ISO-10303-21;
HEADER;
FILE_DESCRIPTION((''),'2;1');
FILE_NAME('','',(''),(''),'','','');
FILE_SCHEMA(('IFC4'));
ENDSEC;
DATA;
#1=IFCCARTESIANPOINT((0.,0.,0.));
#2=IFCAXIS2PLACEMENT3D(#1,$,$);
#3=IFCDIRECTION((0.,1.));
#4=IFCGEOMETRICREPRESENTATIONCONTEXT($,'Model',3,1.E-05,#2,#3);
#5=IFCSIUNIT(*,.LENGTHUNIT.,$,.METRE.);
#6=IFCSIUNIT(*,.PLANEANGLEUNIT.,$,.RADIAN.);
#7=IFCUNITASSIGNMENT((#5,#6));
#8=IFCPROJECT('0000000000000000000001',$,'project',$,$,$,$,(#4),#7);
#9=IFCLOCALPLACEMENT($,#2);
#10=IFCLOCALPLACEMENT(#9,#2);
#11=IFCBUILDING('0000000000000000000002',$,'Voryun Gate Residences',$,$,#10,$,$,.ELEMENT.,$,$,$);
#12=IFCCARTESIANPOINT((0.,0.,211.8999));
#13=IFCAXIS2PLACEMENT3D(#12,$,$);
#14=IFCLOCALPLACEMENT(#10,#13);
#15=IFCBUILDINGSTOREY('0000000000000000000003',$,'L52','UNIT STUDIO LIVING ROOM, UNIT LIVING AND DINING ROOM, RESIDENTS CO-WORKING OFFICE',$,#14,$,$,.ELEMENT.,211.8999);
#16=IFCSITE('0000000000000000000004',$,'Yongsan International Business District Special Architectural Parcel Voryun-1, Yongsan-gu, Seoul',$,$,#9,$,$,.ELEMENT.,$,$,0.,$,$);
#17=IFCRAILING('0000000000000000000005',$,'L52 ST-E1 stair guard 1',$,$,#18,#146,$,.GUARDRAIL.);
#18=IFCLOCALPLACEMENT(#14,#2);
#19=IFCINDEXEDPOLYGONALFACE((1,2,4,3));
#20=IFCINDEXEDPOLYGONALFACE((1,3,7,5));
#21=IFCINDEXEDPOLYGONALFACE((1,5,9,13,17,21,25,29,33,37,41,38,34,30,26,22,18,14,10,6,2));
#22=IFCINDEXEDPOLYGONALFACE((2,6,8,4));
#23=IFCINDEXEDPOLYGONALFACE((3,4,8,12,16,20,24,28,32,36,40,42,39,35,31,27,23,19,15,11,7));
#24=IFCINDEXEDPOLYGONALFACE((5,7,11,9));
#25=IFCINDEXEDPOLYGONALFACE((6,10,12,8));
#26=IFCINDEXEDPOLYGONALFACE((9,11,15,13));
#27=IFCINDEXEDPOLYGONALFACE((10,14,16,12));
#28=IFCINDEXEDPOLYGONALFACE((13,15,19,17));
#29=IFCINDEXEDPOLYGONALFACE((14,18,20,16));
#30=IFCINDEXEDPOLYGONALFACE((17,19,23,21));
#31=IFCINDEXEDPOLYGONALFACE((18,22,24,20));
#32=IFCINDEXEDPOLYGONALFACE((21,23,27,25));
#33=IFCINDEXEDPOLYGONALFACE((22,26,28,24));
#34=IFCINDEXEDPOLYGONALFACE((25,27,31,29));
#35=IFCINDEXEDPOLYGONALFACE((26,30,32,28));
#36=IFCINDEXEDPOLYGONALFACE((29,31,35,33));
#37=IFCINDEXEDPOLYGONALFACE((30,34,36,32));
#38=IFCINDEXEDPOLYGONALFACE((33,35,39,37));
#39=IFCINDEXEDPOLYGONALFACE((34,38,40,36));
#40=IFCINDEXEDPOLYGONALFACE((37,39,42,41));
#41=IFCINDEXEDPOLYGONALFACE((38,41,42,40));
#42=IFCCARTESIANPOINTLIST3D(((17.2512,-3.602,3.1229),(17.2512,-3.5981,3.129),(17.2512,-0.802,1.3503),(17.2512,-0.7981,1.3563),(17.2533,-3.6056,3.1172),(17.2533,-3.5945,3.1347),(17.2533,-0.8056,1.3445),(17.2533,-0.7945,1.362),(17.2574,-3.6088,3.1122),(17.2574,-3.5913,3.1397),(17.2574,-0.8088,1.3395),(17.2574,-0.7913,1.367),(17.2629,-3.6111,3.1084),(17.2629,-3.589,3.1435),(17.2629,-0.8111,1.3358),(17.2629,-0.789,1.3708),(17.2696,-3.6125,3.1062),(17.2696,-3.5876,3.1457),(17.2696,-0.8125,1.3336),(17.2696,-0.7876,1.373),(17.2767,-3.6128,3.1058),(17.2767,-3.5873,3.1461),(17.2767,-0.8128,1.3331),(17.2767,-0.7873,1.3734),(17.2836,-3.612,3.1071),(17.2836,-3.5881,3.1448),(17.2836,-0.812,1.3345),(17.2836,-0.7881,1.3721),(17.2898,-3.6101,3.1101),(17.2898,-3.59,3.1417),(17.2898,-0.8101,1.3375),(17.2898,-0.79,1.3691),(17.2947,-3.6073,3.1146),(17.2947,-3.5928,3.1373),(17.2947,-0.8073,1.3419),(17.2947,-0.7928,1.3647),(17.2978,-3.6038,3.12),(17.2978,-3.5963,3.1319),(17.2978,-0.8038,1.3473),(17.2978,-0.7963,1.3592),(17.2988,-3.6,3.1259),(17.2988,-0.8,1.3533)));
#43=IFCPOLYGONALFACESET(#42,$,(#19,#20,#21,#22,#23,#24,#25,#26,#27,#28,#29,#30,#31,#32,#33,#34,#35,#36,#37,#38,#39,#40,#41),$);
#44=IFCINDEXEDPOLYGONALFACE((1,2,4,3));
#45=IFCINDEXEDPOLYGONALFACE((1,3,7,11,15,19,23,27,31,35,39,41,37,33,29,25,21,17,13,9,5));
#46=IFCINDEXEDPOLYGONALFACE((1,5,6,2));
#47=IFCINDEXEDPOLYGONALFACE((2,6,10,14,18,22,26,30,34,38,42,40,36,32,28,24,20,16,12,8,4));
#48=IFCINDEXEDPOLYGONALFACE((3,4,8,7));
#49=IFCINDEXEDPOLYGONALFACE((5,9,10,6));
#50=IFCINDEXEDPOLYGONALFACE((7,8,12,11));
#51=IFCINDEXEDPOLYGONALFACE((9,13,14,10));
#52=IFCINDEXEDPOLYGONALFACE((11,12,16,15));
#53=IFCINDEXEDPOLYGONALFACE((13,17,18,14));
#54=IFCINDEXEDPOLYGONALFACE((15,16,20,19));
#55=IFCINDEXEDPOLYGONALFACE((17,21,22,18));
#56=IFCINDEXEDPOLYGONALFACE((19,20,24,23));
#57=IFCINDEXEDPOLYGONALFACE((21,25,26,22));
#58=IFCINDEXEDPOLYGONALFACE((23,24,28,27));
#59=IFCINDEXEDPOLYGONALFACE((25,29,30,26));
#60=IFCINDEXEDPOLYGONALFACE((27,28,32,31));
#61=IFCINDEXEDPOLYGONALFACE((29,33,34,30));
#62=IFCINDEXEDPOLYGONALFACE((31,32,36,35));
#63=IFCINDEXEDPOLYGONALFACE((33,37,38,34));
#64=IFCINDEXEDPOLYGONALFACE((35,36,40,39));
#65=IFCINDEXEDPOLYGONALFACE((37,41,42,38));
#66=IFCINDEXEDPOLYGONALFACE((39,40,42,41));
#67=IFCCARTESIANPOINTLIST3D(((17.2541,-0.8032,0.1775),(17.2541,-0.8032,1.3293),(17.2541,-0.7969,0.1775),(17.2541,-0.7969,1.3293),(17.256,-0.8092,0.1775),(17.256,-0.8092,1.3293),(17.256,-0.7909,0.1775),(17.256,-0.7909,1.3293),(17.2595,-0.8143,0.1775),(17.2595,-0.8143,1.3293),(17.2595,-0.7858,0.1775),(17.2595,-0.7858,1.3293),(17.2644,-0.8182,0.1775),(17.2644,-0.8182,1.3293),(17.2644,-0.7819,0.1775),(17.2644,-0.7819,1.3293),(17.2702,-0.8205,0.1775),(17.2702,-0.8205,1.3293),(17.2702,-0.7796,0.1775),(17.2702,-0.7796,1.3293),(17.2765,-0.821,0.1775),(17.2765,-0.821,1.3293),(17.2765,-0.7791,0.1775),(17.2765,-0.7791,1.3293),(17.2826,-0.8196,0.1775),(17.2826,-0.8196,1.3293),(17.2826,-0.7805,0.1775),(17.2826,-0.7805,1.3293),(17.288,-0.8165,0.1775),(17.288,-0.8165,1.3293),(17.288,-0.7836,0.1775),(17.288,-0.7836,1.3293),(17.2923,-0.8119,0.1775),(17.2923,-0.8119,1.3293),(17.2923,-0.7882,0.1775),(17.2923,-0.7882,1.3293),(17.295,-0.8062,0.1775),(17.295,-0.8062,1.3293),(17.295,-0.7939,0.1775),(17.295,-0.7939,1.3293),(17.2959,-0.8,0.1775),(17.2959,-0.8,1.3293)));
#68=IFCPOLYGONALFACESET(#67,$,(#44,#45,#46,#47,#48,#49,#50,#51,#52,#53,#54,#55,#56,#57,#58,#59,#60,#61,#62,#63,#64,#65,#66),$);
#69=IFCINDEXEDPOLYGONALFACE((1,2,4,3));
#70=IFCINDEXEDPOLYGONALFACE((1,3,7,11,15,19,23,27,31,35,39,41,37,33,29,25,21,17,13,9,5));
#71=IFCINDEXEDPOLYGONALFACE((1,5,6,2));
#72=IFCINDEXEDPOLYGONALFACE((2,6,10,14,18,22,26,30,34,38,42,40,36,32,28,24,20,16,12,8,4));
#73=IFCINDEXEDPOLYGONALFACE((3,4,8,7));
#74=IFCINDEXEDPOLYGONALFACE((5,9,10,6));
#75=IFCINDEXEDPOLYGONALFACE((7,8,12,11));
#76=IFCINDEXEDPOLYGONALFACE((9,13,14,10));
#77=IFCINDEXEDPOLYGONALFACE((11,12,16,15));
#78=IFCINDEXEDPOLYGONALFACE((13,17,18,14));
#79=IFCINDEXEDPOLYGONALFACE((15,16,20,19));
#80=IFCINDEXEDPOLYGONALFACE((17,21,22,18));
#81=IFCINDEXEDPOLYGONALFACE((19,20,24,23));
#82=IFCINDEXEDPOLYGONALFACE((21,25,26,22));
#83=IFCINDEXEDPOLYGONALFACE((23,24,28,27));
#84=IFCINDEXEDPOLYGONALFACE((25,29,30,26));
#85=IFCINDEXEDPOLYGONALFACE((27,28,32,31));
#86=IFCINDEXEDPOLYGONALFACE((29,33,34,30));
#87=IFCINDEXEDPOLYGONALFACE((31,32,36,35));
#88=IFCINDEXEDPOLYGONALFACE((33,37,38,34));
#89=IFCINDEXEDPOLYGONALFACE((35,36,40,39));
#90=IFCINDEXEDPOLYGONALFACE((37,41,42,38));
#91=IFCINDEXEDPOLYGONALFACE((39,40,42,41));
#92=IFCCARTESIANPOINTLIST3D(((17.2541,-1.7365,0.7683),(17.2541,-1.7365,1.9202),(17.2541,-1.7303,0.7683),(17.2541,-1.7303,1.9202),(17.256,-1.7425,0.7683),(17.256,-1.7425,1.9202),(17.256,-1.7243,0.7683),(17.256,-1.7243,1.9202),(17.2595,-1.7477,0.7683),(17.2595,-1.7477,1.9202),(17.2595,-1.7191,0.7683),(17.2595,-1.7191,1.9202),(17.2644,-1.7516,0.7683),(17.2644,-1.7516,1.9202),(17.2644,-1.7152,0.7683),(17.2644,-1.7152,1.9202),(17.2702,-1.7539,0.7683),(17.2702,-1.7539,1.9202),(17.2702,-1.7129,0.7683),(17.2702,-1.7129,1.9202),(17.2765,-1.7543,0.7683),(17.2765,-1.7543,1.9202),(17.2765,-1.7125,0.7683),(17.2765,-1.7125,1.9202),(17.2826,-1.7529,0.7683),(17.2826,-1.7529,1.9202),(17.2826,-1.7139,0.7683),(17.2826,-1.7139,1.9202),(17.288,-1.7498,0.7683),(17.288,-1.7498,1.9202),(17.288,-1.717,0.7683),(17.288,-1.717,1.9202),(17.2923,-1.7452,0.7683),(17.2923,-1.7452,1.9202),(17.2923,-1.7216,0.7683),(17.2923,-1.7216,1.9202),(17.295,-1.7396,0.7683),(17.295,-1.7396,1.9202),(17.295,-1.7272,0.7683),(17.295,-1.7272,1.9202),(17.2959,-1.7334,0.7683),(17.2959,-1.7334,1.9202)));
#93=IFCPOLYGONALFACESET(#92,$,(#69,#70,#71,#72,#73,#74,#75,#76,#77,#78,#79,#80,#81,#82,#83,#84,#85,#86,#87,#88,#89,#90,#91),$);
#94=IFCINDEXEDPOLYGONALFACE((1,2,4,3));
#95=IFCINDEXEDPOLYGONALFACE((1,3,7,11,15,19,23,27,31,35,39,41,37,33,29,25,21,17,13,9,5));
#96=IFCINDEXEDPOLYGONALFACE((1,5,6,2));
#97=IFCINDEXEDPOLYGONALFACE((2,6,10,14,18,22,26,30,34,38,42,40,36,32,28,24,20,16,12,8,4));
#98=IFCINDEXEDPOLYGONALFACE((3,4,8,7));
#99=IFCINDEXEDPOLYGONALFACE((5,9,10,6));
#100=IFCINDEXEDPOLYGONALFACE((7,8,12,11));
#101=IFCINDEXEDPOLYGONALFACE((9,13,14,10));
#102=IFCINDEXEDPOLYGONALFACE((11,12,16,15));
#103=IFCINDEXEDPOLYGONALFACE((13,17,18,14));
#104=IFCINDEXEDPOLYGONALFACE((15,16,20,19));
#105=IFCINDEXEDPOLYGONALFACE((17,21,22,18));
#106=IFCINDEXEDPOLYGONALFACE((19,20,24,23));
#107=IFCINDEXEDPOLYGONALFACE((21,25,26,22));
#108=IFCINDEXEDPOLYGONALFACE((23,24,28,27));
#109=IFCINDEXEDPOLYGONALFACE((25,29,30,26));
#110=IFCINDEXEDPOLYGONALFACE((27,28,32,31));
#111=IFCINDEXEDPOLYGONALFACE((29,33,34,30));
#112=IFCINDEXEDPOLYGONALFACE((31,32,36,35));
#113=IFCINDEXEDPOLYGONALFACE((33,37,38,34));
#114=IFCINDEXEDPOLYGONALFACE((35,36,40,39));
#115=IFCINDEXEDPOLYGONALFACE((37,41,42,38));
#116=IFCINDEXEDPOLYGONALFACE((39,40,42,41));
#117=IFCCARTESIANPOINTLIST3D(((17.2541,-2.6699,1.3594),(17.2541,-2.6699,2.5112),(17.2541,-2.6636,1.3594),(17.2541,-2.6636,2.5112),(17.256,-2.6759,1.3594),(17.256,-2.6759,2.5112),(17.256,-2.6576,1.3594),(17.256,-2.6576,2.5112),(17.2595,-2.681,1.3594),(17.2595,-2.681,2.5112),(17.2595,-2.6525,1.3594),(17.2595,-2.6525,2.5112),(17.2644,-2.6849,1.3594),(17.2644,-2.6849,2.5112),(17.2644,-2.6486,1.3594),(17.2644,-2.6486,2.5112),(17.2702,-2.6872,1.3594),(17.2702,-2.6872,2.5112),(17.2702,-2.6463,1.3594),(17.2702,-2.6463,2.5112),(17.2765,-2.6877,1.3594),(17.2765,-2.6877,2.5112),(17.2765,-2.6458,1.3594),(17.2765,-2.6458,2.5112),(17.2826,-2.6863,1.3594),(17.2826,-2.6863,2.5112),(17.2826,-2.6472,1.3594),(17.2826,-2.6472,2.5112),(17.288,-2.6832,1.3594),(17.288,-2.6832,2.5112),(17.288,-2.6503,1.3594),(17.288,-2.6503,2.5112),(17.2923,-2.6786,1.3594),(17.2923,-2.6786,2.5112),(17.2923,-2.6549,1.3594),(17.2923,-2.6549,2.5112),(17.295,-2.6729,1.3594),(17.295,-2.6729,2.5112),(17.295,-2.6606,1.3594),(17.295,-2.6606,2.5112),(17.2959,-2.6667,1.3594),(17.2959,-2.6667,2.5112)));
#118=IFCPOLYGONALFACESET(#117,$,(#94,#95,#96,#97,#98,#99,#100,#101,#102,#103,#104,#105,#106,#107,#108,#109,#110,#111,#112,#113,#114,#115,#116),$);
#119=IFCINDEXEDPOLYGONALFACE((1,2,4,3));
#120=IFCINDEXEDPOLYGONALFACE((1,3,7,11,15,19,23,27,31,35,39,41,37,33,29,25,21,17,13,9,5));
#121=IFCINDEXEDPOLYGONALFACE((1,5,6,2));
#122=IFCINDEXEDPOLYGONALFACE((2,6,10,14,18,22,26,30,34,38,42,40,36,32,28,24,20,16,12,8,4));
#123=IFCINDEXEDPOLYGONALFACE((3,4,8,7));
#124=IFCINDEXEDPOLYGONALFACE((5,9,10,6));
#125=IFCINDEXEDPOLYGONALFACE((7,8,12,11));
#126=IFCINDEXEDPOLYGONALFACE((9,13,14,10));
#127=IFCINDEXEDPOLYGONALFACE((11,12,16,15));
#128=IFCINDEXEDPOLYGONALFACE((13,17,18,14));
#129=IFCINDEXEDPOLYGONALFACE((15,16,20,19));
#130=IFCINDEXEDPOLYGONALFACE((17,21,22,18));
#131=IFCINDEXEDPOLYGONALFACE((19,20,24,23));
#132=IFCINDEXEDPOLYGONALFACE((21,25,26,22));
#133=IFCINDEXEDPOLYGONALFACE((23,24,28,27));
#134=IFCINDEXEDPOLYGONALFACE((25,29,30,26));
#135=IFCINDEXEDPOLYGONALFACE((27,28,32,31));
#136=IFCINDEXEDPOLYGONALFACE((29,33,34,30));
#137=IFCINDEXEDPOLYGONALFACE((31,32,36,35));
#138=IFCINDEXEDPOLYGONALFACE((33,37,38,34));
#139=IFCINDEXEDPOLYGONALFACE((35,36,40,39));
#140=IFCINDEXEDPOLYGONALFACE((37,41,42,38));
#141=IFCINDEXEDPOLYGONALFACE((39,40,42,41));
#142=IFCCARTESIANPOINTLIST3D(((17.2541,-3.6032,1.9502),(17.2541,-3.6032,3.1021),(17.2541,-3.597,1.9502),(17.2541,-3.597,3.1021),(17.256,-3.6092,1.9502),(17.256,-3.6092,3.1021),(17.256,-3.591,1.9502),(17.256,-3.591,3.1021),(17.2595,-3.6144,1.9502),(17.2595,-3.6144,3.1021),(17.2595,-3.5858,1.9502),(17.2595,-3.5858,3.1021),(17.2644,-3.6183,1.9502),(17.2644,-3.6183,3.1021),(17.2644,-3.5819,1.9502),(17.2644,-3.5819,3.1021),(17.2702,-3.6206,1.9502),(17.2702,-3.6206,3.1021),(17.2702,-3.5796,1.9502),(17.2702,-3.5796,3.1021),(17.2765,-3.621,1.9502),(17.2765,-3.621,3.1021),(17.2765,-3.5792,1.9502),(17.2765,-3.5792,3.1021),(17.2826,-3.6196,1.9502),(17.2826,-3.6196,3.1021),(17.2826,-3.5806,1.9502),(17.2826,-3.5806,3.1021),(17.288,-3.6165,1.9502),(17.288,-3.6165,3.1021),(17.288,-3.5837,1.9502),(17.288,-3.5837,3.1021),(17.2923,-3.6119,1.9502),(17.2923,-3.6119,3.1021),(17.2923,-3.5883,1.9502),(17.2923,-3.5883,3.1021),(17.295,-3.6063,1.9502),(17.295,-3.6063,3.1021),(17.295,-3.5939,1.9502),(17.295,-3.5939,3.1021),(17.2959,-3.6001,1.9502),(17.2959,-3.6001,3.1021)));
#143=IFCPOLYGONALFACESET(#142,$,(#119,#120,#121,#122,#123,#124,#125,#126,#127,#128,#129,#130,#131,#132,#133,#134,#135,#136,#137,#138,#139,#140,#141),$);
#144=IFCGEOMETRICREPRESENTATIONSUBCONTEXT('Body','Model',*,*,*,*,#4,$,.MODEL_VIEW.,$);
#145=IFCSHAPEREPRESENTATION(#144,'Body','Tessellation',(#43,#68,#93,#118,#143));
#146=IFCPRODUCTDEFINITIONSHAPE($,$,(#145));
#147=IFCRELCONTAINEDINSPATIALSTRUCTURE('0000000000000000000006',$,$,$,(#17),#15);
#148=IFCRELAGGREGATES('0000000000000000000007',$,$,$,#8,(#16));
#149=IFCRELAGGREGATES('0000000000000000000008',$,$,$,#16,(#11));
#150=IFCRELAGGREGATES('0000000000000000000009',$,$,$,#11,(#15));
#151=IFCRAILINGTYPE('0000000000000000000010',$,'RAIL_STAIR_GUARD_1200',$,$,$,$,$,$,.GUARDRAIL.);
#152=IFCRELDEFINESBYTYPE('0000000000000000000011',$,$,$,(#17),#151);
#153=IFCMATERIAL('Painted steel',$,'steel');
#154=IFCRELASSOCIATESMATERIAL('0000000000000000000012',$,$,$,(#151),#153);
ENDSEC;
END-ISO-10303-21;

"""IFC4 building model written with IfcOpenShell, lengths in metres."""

from ifc_helpers import new_model, si_unit, direction, frame, origin, origin_2d, place, context, subcontext, project, spatial, circle, extrude, material, type_object, element, save


model = new_model("IFC4")

# Units and contexts
model_context = context("Model", 3, precision=1e-05, world=origin(), true_north=direction((0.0, 1.0)))
body_context = subcontext(model_context, "Body", "Model", "MODEL_VIEW")
ifc_project = project(units=[si_unit("LENGTHUNIT", "METRE"), si_unit("PLANEANGLEUNIT", "RADIAN")], contexts=[model_context])

# Site, building, storey
site_placement = place(None, origin())
site = spatial("IfcSite", under=ifc_project, at=site_placement, Name="Yongsan International Business District Special Architectural Parcel Voryun-1, Yongsan-gu, Seoul", CompositionType="ELEMENT", RefElevation=0.0)
building_placement = place(site_placement, origin())
building = spatial("IfcBuilding", under=site, at=building_placement, Name="Voryun Gate Residences", CompositionType="ELEMENT")
storey_placement = place(building_placement, frame((0.0, 0.0, 211.8999)))
storey = spatial("IfcBuildingStorey", under=building, at=storey_placement, Name="L52", Description="UNIT STUDIO LIVING ROOM, UNIT LIVING AND DINING ROOM, RESIDENTS CO-WORKING OFFICE", CompositionType="ELEMENT", Elevation=211.8999)

# Railing
ifc_material_1 = material(Name="Painted steel", Category="steel")
railing_type_1 = type_object("IfcRailingType", Name="RAIL_STAIR_GUARD_1200", PredefinedType="GUARDRAIL", material=ifc_material_1)
railing_1_placement = place(storey_placement, frame((17.2749, -0.8, 0.1775)))
element("IfcRailing", 1, at=railing_1_placement, inside=storey, type_object=railing_type_1, Name="L52 ST-E1 stair guard 1", PredefinedType="GUARDRAIL", context=body_context, shape_type="SweptSolid", body=[
    extrude(circle(Radius=0.0239, at=origin_2d()), frame((0.0, 0.0, 1.1758), z_axis=(0.0, -0.844909, 0.53491), x_axis=(1.0, 0.0, 0.0)), (0.0, 0.0, 1.0), 3.314),
    extrude(circle(Radius=0.021, at=origin_2d()), origin(), (0.0, 0.0, 1.0), 1.1519),
    extrude(circle(Radius=0.021, at=origin_2d()), frame((0.0, -0.9333, 0.5908)), (0.0, 0.0, 1.0), 1.1519),
    extrude(circle(Radius=0.021, at=origin_2d()), frame((0.0, -1.8667, 1.1819)), (0.0, 0.0, 1.0), 1.1519),
    extrude(circle(Radius=0.021, at=origin_2d()), frame((0.0, -2.8, 1.7727)), (0.0, 0.0, 1.0), 1.1519),
])

save(model, "model.ifc")
